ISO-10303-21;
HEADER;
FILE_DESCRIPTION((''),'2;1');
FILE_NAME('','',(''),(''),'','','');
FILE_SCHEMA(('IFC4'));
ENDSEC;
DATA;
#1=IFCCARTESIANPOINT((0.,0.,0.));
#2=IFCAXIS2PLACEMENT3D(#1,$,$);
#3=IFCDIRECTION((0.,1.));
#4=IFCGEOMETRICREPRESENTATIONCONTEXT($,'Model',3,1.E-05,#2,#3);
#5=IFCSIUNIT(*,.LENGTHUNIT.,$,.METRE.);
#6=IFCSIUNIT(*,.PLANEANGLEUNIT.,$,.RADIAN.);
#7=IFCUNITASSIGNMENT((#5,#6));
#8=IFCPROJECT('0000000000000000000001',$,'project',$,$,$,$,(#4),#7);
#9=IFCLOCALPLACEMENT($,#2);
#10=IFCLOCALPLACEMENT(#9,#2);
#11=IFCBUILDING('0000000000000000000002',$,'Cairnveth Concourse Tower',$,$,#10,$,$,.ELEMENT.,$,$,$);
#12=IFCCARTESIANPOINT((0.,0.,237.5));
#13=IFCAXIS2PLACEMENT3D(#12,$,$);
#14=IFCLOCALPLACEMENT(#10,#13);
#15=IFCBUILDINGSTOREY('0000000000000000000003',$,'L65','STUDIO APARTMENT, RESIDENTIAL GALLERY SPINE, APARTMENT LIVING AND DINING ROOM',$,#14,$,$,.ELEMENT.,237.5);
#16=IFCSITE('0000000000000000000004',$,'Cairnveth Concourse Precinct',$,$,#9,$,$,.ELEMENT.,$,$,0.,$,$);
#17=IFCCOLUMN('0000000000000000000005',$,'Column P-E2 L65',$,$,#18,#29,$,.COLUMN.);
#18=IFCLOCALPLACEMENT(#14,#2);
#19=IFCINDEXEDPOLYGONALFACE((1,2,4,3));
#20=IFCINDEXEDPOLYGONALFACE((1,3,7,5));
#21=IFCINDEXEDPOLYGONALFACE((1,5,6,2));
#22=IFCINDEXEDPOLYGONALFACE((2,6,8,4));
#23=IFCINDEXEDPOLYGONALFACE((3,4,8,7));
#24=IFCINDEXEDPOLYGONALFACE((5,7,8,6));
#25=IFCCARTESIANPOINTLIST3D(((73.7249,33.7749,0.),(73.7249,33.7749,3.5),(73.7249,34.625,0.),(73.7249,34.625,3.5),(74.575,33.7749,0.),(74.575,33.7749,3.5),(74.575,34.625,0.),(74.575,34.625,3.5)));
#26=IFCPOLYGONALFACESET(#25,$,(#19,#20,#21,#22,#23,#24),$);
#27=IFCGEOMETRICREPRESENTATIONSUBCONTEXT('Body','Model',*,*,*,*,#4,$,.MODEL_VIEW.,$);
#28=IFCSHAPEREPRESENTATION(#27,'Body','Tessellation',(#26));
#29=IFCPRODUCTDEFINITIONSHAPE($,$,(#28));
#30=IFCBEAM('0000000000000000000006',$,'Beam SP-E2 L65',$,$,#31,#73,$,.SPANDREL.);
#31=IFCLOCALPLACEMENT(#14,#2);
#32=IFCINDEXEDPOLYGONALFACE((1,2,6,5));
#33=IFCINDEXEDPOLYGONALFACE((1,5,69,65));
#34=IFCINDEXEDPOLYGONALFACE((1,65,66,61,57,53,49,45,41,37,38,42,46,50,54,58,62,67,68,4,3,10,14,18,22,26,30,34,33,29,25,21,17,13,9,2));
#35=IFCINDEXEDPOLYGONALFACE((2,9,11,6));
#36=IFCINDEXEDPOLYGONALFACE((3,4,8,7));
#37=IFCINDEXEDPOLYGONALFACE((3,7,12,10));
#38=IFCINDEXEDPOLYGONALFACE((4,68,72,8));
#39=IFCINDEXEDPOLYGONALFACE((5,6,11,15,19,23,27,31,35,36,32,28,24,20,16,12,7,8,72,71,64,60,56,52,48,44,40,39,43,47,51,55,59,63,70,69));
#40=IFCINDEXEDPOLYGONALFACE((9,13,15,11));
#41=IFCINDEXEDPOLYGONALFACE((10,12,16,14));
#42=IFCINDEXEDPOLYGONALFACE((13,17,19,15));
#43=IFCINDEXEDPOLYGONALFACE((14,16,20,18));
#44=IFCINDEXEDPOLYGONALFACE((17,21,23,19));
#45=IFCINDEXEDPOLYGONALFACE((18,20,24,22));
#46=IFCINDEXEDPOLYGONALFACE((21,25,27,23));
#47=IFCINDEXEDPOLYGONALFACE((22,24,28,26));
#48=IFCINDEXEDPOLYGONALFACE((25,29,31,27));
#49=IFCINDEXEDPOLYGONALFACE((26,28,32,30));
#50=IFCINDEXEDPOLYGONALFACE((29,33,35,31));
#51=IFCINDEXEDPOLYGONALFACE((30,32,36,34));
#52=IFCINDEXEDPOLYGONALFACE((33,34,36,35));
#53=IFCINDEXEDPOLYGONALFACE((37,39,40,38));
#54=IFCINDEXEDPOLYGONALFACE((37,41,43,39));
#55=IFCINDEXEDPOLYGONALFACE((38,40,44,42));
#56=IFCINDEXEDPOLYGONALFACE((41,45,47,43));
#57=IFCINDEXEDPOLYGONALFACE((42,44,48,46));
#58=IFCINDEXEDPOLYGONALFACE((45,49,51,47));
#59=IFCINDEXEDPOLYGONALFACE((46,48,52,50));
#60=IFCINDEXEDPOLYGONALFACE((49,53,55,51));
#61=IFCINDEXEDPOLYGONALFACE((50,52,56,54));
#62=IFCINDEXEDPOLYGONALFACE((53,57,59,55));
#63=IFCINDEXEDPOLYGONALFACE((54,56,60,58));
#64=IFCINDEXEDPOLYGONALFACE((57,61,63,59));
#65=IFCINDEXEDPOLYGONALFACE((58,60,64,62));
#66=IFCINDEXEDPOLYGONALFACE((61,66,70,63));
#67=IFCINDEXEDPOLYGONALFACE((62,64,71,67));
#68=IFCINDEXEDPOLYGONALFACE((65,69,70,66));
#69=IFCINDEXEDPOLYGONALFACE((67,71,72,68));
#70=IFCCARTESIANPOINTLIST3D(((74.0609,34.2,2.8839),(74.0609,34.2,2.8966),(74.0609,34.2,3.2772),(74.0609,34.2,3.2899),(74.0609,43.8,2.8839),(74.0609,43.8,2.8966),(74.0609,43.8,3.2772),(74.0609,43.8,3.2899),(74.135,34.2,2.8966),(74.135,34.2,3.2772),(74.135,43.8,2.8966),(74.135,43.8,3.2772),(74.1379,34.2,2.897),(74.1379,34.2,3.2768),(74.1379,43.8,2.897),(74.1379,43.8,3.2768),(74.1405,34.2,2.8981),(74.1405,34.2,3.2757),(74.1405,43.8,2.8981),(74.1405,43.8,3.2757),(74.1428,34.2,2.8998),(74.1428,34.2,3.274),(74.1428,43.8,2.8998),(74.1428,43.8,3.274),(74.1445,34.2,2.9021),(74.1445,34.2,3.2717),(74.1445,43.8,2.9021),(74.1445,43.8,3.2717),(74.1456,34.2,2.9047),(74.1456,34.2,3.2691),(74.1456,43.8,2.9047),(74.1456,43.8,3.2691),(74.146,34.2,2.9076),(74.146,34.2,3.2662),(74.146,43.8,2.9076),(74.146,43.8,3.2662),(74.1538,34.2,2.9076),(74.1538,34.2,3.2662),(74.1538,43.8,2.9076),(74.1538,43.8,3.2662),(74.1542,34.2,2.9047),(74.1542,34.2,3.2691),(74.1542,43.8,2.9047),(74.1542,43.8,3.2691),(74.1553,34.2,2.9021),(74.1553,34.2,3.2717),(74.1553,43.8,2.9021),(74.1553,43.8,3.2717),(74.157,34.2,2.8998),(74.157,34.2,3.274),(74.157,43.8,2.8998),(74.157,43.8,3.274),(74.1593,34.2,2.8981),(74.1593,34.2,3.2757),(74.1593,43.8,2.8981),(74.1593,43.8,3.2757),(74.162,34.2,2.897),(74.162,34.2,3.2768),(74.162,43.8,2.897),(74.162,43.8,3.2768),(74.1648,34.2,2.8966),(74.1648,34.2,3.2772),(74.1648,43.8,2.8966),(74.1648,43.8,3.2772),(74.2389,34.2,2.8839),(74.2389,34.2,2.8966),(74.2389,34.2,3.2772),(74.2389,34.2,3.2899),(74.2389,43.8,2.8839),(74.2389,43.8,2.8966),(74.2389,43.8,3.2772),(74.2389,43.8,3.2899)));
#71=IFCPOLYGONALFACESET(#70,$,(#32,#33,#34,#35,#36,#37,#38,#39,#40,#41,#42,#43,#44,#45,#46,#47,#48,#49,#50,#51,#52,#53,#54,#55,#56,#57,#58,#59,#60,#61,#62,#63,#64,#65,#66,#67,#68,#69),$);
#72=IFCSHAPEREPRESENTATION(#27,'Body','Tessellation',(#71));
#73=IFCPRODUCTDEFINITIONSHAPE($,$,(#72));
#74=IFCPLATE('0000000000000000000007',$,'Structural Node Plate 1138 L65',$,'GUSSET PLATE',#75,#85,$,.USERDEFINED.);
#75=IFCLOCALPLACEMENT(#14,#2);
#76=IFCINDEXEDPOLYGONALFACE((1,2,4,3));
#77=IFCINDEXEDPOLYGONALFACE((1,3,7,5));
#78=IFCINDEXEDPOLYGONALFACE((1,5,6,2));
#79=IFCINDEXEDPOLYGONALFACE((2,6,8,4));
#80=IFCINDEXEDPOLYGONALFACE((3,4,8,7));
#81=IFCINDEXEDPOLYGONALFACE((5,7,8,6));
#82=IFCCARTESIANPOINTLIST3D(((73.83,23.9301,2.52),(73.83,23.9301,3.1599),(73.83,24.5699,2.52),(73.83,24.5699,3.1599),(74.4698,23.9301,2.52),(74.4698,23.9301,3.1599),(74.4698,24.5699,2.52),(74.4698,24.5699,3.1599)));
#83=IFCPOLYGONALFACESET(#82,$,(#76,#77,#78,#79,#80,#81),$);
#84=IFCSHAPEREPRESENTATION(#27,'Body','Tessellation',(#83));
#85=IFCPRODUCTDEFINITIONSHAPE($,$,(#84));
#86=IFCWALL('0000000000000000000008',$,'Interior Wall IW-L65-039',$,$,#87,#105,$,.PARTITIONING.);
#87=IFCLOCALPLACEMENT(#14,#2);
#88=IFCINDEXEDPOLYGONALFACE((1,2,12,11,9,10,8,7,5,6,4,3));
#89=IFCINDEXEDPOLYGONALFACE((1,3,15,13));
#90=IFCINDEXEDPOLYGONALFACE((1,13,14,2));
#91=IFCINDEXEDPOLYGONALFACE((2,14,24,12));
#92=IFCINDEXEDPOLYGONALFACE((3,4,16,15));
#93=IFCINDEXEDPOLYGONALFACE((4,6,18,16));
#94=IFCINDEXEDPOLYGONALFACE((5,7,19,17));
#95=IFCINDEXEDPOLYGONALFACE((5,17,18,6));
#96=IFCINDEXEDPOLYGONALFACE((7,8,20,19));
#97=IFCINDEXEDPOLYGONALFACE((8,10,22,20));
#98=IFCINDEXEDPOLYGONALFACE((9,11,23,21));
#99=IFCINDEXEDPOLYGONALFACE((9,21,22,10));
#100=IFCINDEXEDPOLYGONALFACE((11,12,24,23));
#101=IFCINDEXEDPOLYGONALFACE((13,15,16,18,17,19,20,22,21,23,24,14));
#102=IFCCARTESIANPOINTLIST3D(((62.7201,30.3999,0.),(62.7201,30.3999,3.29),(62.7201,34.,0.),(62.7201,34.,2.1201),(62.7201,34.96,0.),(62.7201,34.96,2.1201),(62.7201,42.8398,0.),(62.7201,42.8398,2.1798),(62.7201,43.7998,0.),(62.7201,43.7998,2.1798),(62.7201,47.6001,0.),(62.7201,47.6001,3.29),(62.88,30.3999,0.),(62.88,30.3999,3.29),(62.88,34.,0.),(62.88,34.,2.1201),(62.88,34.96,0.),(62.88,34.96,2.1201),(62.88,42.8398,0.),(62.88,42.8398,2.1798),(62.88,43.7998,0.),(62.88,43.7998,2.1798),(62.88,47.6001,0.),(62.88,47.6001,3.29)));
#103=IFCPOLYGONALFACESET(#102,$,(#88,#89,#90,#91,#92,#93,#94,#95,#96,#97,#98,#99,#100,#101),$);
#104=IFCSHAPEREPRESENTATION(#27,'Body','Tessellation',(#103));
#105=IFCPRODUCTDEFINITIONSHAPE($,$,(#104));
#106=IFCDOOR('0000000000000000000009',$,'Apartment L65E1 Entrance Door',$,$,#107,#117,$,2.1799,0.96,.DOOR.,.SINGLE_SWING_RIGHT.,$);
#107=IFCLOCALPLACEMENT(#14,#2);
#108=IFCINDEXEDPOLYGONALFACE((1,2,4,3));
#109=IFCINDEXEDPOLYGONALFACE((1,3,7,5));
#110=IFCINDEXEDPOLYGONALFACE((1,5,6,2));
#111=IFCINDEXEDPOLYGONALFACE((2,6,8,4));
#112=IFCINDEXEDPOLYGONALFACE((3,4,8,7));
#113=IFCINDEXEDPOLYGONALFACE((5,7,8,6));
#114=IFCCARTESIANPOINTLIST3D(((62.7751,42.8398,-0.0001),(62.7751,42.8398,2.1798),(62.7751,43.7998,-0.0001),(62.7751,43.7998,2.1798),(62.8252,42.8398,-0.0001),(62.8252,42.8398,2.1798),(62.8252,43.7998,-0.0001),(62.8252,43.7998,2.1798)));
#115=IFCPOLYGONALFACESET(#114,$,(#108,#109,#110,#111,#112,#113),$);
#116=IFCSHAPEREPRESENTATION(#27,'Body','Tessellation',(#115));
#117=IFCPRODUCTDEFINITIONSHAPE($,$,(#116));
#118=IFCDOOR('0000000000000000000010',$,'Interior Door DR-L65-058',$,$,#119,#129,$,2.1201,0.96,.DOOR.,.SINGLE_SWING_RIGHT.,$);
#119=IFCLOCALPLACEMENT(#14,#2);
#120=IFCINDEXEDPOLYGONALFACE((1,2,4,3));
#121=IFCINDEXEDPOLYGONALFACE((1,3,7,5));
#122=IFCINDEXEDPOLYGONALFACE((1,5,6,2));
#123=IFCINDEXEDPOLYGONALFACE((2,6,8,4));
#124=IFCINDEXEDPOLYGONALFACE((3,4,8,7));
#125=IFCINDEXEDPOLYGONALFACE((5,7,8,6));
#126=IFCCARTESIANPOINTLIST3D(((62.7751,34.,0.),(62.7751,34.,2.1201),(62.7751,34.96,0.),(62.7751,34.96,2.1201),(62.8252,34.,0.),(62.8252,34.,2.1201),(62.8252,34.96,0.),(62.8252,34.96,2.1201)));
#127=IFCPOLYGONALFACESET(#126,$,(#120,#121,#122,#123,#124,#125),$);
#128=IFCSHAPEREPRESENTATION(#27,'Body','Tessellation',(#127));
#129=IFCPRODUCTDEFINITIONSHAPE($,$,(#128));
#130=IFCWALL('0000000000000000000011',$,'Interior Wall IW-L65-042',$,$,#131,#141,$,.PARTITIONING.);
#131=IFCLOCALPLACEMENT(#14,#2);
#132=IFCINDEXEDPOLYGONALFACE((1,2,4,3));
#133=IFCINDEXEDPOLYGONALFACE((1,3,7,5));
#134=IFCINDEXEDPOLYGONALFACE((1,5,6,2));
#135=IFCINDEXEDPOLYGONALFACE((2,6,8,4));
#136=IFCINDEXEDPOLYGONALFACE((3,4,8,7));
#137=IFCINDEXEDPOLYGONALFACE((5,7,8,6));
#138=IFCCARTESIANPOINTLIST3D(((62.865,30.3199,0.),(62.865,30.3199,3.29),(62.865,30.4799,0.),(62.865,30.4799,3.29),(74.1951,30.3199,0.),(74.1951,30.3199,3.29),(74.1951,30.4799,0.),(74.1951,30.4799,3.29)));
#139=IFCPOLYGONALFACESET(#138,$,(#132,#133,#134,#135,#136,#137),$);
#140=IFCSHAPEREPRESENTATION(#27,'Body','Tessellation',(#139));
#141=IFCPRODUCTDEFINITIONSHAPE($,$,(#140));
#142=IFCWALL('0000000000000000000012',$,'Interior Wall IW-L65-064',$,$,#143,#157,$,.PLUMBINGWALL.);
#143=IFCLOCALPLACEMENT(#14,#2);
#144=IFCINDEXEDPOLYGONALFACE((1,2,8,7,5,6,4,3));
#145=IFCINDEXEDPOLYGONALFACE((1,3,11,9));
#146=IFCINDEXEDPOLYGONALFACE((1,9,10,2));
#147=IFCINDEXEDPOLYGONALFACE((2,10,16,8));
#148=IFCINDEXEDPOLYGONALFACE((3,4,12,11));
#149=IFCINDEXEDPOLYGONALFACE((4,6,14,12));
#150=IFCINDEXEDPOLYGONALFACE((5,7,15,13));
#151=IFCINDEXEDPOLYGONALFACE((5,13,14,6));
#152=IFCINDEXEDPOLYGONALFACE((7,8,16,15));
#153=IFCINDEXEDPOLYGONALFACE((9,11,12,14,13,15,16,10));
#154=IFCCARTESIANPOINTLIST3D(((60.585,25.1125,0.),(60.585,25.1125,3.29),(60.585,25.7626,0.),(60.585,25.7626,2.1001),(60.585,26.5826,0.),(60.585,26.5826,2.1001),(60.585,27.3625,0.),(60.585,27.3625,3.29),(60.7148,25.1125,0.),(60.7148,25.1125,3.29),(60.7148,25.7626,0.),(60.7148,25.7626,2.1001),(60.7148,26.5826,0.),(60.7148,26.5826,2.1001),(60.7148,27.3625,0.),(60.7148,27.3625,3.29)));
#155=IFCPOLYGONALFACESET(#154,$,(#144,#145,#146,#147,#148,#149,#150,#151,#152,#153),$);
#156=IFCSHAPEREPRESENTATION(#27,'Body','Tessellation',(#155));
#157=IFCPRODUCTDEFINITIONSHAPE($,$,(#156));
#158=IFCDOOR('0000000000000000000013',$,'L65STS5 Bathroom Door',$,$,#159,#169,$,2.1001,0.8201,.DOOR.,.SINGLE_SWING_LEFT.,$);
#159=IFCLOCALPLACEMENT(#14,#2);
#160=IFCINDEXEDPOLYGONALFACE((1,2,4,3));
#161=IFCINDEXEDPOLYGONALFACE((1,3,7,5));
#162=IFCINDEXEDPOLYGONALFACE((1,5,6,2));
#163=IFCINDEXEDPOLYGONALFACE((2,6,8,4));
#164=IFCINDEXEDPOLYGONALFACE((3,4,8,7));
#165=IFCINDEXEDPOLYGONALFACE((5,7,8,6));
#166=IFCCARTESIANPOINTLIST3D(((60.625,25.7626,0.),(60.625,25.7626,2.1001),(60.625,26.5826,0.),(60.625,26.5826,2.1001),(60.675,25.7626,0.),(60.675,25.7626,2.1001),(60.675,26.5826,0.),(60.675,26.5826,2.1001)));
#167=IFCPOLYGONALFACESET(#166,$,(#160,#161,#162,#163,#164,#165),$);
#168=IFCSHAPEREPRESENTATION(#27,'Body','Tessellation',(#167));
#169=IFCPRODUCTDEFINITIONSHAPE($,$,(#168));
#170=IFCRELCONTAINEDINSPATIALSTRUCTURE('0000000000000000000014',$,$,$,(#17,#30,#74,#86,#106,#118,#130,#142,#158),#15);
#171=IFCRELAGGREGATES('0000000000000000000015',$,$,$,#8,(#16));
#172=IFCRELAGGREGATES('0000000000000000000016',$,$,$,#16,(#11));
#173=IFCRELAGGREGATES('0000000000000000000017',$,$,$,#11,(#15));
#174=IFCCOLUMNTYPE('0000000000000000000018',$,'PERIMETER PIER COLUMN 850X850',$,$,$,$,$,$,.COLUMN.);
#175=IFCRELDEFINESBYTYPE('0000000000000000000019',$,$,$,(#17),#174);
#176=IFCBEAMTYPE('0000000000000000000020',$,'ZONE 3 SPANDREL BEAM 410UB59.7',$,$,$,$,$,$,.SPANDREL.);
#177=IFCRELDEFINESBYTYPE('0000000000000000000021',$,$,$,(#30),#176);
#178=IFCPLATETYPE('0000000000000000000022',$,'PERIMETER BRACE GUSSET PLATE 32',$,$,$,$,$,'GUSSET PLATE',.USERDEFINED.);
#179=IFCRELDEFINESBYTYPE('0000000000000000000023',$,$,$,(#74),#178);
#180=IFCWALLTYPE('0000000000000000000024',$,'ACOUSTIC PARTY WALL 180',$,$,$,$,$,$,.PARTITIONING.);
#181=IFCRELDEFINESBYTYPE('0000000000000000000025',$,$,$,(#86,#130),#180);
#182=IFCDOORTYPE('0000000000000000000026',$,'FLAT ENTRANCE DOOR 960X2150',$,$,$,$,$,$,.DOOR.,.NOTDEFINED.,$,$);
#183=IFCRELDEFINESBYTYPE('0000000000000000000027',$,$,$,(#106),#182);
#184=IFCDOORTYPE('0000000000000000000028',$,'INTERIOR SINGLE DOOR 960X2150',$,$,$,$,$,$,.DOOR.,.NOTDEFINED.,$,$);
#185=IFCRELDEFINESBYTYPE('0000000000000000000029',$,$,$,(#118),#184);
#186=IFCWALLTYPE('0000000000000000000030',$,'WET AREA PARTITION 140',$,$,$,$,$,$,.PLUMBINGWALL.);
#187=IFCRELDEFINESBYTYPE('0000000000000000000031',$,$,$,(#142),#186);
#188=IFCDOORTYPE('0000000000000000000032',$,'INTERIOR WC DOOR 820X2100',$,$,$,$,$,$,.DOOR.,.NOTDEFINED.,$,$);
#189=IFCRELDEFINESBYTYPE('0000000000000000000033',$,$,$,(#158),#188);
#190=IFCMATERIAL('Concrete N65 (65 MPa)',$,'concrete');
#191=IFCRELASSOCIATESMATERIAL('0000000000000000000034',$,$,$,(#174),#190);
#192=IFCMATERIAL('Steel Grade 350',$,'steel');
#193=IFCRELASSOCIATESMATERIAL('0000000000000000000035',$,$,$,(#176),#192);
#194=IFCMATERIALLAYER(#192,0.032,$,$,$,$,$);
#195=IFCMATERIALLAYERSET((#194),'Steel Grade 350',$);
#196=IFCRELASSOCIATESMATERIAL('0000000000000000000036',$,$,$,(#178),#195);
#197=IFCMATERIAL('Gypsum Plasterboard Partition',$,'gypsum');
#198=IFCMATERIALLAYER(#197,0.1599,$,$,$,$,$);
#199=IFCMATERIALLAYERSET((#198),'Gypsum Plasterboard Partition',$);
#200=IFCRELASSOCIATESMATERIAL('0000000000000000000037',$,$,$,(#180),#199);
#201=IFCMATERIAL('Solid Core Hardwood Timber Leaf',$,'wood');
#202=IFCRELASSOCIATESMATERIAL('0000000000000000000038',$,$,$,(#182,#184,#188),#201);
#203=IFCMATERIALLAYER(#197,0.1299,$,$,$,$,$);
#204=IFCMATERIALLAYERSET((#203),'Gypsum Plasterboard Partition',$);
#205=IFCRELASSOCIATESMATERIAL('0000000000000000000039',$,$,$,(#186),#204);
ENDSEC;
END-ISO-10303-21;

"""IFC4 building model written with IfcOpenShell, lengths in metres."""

from ifc_helpers import new_model, si_unit, direction, frame, frame_2d, origin, origin_2d, place, context, subcontext, project, spatial, rectangle, i_section, extrude, material, layer, layer_set, material_profile, profile_set, type_object, element, fill, save


model = new_model("IFC4")

# Units and contexts
model_context = context("Model", 3, precision=1e-05, world=origin(), true_north=direction((0.0, 1.0)))
body_context = subcontext(model_context, "Body", "Model", "MODEL_VIEW")
ifc_project = project(units=[si_unit("LENGTHUNIT", "METRE"), si_unit("PLANEANGLEUNIT", "RADIAN")], contexts=[model_context])

# Site, building, storey
site_placement = place(None, origin())
site = spatial("IfcSite", under=ifc_project, at=site_placement, Name="Cairnveth Concourse Precinct", CompositionType="ELEMENT", RefElevation=0.0)
building_placement = place(site_placement, origin())
building = spatial("IfcBuilding", under=site, at=building_placement, Name="Cairnveth Concourse Tower", CompositionType="ELEMENT")
storey_placement = place(building_placement, frame((0.0, 0.0, 237.5)))
storey = spatial("IfcBuildingStorey", under=building, at=storey_placement, Name="L65", Description="STUDIO APARTMENT, RESIDENTIAL GALLERY SPINE, APARTMENT LIVING AND DINING ROOM", CompositionType="ELEMENT", Elevation=237.5)

# Column
ifc_material_1 = material(Name="Concrete N65 (65 MPa)", Category="concrete")
ifc_material_profile_1 = material_profile(ifc_material_1, rectangle(XDim=0.8501, YDim=0.8501, at=origin_2d()), Name="RC-COL-850x850")
ifc_profile_set_1 = profile_set([ifc_material_profile_1], Name="Concrete N65 (65 MPa)")
column_type = type_object("IfcColumnType", Name="PERIMETER PIER COLUMN 850X850", PredefinedType="COLUMN", material=ifc_profile_set_1)
column_placement = place(storey_placement, frame((74.1499, 34.2, 0.0), z_axis=(0.0, 0.0, 1.0), x_axis=(0.0, 1.0, 0.0)))
element("IfcColumn", 1, at=column_placement, inside=storey, type_object=column_type, Name="Column P-E2 L65", PredefinedType="COLUMN", context=body_context, shape_type="SweptSolid", body=[
    extrude(rectangle(XDim=0.8501, YDim=0.8501, at=origin_2d()), origin(), (0.0, 0.0, 1.0), 3.5),
])

# Beam
ifc_material_2 = material(Name="Steel Grade 350", Category="steel")
ifc_material_profile_2 = material_profile(ifc_material_2, i_section(OverallWidth=0.178, OverallDepth=0.406, WebThickness=0.0078, FlangeThickness=0.0127, FilletRadius=0.011, at=origin_2d()), Name="410UB59.7")
ifc_profile_set_2 = profile_set([ifc_material_profile_2], Name="Steel Grade 350")
beam_type = type_object("IfcBeamType", Name="ZONE 3 SPANDREL BEAM 410UB59.7", PredefinedType="SPANDREL", material=ifc_profile_set_2)
beam_placement = place(storey_placement, frame((74.1499, 34.2, 3.0869), z_axis=(0.0, 1.0, 0.0), x_axis=(-1.0, 0.0, 0.0)))
element("IfcBeam", 2, at=beam_placement, inside=storey, type_object=beam_type, Name="Beam SP-E2 L65", PredefinedType="SPANDREL", context=body_context, shape_type="SweptSolid", body=[
    extrude(i_section(OverallWidth=0.178, OverallDepth=0.406, WebThickness=0.0078, FlangeThickness=0.0127, FilletRadius=0.011, at=origin_2d()), origin(), (0.0, 0.0, 1.0), 9.6001),
])

# Plate
ifc_layer_1 = layer(ifc_material_2, 0.032)
ifc_layer_set_1 = layer_set([ifc_layer_1], Name="Steel Grade 350")
plate_type = type_object("IfcPlateType", Name="PERIMETER BRACE GUSSET PLATE 32", ElementType="GUSSET PLATE", PredefinedType="USERDEFINED", material=ifc_layer_set_1)
plate_placement = place(storey_placement, frame((74.1499, 24.25, 2.52), z_axis=(0.0, 0.0, 1.0), x_axis=(1.0, 0.0, 0.0)))
element("IfcPlate", 3, at=plate_placement, inside=storey, type_object=plate_type, Name="Structural Node Plate 1138 L65", ObjectType="GUSSET PLATE", PredefinedType="USERDEFINED", context=body_context, shape_type="SweptSolid", body=[
    extrude(rectangle(XDim=0.6399, YDim=0.6399, at=origin_2d()), origin(), (0.0, 0.0, 1.0), 0.6399),
])

# Wall, openings, doors
ifc_material_3 = material(Name="Gypsum Plasterboard Partition", Category="gypsum")
ifc_layer_2 = layer(ifc_material_3, 0.1599)
ifc_layer_set_2 = layer_set([ifc_layer_2], Name="Gypsum Plasterboard Partition")
wall_type_1 = type_object("IfcWallType", Name="ACOUSTIC PARTY WALL 180", PredefinedType="PARTITIONING", material=ifc_layer_set_2)
wall_1_placement = place(storey_placement, frame((62.8, 30.3999, 0.0), z_axis=(0.0, 0.0, 1.0), x_axis=(0.0, 1.0, 0.0)))
wall_1 = element("IfcWall", 4, at=wall_1_placement, inside=storey, type_object=wall_type_1, Name="Interior Wall IW-L65-039", PredefinedType="PARTITIONING", context=body_context, shape_type="SweptSolid", body=[
    extrude(rectangle(XDim=17.2002, YDim=0.1599, at=frame_2d((8.6001, 0.0))), origin(), (0.0, 0.0, 1.0), 3.29),
])
opening_1_placement = place(wall_1_placement, frame((3.6001, 0.0, 0.0)))
opening_1 = element("IfcOpeningElement", 5, at=opening_1_placement, cuts=wall_1, PredefinedType="OPENING", context=body_context, shape_type="SweptSolid", body=[
    extrude(rectangle(XDim=0.96, YDim=2.1201, at=frame_2d((0.48, 1.0601))), frame((0.0, 0.0898, 0.0), z_axis=(0.0, -1.0, 0.0), x_axis=(1.0, 0.0, 0.0)), (0.0, 0.0, 1.0), 0.1799),
])
opening_2_placement = place(wall_1_placement, frame((12.4399, 0.0, 0.0)))
opening_2 = element("IfcOpeningElement", 6, at=opening_2_placement, cuts=wall_1, PredefinedType="OPENING", context=body_context, shape_type="SweptSolid", body=[
    extrude(rectangle(XDim=0.96, YDim=2.1799, at=frame_2d((0.48, 1.0898))), frame((0.0, 0.0898, 0.0), z_axis=(0.0, -1.0, 0.0), x_axis=(1.0, 0.0, 0.0)), (0.0, 0.0, 1.0), 0.1799),
])
ifc_material_4 = material(Name="Solid Core Hardwood Timber Leaf", Category="wood")
door_type_1 = type_object("IfcDoorType", Name="FLAT ENTRANCE DOOR 960X2150", OperationType="NOTDEFINED", PredefinedType="DOOR", material=ifc_material_4)
door_1_placement = place(opening_2_placement, origin())
door_1 = element("IfcDoor", 7, at=door_1_placement, inside=storey, type_object=door_type_1, Name="Apartment L65E1 Entrance Door", OperationType="SINGLE_SWING_RIGHT", OverallHeight=2.1799, OverallWidth=0.96, PredefinedType="DOOR", context=body_context, shape_type="SweptSolid", body=[
    extrude(rectangle(XDim=0.96, YDim=2.1799, at=frame_2d((0.48, 1.0898))), frame((0.0, 0.0249, 0.0), z_axis=(0.0, -1.0, 0.0), x_axis=(1.0, 0.0, 0.0)), (0.0, 0.0, 1.0), 0.05),
])
fill(opening_2, door_1)
door_type_2 = type_object("IfcDoorType", Name="INTERIOR SINGLE DOOR 960X2150", OperationType="NOTDEFINED", PredefinedType="DOOR", material=ifc_material_4)
door_2_placement = place(opening_1_placement, origin())
door_2 = element("IfcDoor", 8, at=door_2_placement, inside=storey, type_object=door_type_2, Name="Interior Door DR-L65-058", OperationType="SINGLE_SWING_RIGHT", OverallHeight=2.1201, OverallWidth=0.96, PredefinedType="DOOR", context=body_context, shape_type="SweptSolid", body=[
    extrude(rectangle(XDim=0.96, YDim=2.1201, at=frame_2d((0.48, 1.0601))), frame((0.0, 0.0249, 0.0), z_axis=(0.0, -1.0, 0.0), x_axis=(1.0, 0.0, 0.0)), (0.0, 0.0, 1.0), 0.05),
])
fill(opening_1, door_2)

# Wall
wall_2_placement = place(storey_placement, frame((62.865, 30.3999, 0.0), z_axis=(0.0, 0.0, 1.0), x_axis=(1.0, 0.0, 0.0)))
element("IfcWall", 9, at=wall_2_placement, inside=storey, type_object=wall_type_1, Name="Interior Wall IW-L65-042", PredefinedType="PARTITIONING", context=body_context, shape_type="SweptSolid", body=[
    extrude(rectangle(XDim=11.3301, YDim=0.1599, at=frame_2d((5.665, 0.0))), origin(), (0.0, 0.0, 1.0), 3.29),
])

# Wall, opening, door
ifc_layer_3 = layer(ifc_material_3, 0.1299)
ifc_layer_set_3 = layer_set([ifc_layer_3], Name="Gypsum Plasterboard Partition")
wall_type_2 = type_object("IfcWallType", Name="WET AREA PARTITION 140", PredefinedType="PLUMBINGWALL", material=ifc_layer_set_3)
wall_3_placement = place(storey_placement, frame((60.6499, 25.1125, 0.0), z_axis=(0.0, 0.0, 1.0), x_axis=(0.0, 1.0, 0.0)))
wall_3 = element("IfcWall", 10, at=wall_3_placement, inside=storey, type_object=wall_type_2, Name="Interior Wall IW-L65-064", PredefinedType="PLUMBINGWALL", context=body_context, shape_type="SweptSolid", body=[
    extrude(rectangle(XDim=2.25, YDim=0.1299, at=frame_2d((1.125, 0.0))), origin(), (0.0, 0.0, 1.0), 3.29),
])
opening_3_placement = place(wall_3_placement, frame((0.6499, 0.0, 0.0)))
opening_3 = element("IfcOpeningElement", 11, at=opening_3_placement, cuts=wall_3, PredefinedType="OPENING", context=body_context, shape_type="SweptSolid", body=[
    extrude(rectangle(XDim=0.8201, YDim=2.1001, at=frame_2d((0.4102, 1.05))), frame((0.0, 0.075, 0.0), z_axis=(0.0, -1.0, 0.0), x_axis=(1.0, 0.0, 0.0)), (0.0, 0.0, 1.0), 0.1499),
])
door_type_3 = type_object("IfcDoorType", Name="INTERIOR WC DOOR 820X2100", OperationType="NOTDEFINED", PredefinedType="DOOR", material=ifc_material_4)
door_3_placement = place(opening_3_placement, origin())
door_3 = element("IfcDoor", 12, at=door_3_placement, inside=storey, type_object=door_type_3, Name="L65STS5 Bathroom Door", OperationType="SINGLE_SWING_LEFT", OverallHeight=2.1001, OverallWidth=0.8201, PredefinedType="DOOR", context=body_context, shape_type="SweptSolid", body=[
    extrude(rectangle(XDim=0.8201, YDim=2.1001, at=frame_2d((0.4102, 1.05))), frame((0.0, 0.0249, 0.0), z_axis=(0.0, -1.0, 0.0), x_axis=(1.0, 0.0, 0.0)), (0.0, 0.0, 1.0), 0.05),
])
fill(opening_3, door_3)

save(model, "model.ifc")
